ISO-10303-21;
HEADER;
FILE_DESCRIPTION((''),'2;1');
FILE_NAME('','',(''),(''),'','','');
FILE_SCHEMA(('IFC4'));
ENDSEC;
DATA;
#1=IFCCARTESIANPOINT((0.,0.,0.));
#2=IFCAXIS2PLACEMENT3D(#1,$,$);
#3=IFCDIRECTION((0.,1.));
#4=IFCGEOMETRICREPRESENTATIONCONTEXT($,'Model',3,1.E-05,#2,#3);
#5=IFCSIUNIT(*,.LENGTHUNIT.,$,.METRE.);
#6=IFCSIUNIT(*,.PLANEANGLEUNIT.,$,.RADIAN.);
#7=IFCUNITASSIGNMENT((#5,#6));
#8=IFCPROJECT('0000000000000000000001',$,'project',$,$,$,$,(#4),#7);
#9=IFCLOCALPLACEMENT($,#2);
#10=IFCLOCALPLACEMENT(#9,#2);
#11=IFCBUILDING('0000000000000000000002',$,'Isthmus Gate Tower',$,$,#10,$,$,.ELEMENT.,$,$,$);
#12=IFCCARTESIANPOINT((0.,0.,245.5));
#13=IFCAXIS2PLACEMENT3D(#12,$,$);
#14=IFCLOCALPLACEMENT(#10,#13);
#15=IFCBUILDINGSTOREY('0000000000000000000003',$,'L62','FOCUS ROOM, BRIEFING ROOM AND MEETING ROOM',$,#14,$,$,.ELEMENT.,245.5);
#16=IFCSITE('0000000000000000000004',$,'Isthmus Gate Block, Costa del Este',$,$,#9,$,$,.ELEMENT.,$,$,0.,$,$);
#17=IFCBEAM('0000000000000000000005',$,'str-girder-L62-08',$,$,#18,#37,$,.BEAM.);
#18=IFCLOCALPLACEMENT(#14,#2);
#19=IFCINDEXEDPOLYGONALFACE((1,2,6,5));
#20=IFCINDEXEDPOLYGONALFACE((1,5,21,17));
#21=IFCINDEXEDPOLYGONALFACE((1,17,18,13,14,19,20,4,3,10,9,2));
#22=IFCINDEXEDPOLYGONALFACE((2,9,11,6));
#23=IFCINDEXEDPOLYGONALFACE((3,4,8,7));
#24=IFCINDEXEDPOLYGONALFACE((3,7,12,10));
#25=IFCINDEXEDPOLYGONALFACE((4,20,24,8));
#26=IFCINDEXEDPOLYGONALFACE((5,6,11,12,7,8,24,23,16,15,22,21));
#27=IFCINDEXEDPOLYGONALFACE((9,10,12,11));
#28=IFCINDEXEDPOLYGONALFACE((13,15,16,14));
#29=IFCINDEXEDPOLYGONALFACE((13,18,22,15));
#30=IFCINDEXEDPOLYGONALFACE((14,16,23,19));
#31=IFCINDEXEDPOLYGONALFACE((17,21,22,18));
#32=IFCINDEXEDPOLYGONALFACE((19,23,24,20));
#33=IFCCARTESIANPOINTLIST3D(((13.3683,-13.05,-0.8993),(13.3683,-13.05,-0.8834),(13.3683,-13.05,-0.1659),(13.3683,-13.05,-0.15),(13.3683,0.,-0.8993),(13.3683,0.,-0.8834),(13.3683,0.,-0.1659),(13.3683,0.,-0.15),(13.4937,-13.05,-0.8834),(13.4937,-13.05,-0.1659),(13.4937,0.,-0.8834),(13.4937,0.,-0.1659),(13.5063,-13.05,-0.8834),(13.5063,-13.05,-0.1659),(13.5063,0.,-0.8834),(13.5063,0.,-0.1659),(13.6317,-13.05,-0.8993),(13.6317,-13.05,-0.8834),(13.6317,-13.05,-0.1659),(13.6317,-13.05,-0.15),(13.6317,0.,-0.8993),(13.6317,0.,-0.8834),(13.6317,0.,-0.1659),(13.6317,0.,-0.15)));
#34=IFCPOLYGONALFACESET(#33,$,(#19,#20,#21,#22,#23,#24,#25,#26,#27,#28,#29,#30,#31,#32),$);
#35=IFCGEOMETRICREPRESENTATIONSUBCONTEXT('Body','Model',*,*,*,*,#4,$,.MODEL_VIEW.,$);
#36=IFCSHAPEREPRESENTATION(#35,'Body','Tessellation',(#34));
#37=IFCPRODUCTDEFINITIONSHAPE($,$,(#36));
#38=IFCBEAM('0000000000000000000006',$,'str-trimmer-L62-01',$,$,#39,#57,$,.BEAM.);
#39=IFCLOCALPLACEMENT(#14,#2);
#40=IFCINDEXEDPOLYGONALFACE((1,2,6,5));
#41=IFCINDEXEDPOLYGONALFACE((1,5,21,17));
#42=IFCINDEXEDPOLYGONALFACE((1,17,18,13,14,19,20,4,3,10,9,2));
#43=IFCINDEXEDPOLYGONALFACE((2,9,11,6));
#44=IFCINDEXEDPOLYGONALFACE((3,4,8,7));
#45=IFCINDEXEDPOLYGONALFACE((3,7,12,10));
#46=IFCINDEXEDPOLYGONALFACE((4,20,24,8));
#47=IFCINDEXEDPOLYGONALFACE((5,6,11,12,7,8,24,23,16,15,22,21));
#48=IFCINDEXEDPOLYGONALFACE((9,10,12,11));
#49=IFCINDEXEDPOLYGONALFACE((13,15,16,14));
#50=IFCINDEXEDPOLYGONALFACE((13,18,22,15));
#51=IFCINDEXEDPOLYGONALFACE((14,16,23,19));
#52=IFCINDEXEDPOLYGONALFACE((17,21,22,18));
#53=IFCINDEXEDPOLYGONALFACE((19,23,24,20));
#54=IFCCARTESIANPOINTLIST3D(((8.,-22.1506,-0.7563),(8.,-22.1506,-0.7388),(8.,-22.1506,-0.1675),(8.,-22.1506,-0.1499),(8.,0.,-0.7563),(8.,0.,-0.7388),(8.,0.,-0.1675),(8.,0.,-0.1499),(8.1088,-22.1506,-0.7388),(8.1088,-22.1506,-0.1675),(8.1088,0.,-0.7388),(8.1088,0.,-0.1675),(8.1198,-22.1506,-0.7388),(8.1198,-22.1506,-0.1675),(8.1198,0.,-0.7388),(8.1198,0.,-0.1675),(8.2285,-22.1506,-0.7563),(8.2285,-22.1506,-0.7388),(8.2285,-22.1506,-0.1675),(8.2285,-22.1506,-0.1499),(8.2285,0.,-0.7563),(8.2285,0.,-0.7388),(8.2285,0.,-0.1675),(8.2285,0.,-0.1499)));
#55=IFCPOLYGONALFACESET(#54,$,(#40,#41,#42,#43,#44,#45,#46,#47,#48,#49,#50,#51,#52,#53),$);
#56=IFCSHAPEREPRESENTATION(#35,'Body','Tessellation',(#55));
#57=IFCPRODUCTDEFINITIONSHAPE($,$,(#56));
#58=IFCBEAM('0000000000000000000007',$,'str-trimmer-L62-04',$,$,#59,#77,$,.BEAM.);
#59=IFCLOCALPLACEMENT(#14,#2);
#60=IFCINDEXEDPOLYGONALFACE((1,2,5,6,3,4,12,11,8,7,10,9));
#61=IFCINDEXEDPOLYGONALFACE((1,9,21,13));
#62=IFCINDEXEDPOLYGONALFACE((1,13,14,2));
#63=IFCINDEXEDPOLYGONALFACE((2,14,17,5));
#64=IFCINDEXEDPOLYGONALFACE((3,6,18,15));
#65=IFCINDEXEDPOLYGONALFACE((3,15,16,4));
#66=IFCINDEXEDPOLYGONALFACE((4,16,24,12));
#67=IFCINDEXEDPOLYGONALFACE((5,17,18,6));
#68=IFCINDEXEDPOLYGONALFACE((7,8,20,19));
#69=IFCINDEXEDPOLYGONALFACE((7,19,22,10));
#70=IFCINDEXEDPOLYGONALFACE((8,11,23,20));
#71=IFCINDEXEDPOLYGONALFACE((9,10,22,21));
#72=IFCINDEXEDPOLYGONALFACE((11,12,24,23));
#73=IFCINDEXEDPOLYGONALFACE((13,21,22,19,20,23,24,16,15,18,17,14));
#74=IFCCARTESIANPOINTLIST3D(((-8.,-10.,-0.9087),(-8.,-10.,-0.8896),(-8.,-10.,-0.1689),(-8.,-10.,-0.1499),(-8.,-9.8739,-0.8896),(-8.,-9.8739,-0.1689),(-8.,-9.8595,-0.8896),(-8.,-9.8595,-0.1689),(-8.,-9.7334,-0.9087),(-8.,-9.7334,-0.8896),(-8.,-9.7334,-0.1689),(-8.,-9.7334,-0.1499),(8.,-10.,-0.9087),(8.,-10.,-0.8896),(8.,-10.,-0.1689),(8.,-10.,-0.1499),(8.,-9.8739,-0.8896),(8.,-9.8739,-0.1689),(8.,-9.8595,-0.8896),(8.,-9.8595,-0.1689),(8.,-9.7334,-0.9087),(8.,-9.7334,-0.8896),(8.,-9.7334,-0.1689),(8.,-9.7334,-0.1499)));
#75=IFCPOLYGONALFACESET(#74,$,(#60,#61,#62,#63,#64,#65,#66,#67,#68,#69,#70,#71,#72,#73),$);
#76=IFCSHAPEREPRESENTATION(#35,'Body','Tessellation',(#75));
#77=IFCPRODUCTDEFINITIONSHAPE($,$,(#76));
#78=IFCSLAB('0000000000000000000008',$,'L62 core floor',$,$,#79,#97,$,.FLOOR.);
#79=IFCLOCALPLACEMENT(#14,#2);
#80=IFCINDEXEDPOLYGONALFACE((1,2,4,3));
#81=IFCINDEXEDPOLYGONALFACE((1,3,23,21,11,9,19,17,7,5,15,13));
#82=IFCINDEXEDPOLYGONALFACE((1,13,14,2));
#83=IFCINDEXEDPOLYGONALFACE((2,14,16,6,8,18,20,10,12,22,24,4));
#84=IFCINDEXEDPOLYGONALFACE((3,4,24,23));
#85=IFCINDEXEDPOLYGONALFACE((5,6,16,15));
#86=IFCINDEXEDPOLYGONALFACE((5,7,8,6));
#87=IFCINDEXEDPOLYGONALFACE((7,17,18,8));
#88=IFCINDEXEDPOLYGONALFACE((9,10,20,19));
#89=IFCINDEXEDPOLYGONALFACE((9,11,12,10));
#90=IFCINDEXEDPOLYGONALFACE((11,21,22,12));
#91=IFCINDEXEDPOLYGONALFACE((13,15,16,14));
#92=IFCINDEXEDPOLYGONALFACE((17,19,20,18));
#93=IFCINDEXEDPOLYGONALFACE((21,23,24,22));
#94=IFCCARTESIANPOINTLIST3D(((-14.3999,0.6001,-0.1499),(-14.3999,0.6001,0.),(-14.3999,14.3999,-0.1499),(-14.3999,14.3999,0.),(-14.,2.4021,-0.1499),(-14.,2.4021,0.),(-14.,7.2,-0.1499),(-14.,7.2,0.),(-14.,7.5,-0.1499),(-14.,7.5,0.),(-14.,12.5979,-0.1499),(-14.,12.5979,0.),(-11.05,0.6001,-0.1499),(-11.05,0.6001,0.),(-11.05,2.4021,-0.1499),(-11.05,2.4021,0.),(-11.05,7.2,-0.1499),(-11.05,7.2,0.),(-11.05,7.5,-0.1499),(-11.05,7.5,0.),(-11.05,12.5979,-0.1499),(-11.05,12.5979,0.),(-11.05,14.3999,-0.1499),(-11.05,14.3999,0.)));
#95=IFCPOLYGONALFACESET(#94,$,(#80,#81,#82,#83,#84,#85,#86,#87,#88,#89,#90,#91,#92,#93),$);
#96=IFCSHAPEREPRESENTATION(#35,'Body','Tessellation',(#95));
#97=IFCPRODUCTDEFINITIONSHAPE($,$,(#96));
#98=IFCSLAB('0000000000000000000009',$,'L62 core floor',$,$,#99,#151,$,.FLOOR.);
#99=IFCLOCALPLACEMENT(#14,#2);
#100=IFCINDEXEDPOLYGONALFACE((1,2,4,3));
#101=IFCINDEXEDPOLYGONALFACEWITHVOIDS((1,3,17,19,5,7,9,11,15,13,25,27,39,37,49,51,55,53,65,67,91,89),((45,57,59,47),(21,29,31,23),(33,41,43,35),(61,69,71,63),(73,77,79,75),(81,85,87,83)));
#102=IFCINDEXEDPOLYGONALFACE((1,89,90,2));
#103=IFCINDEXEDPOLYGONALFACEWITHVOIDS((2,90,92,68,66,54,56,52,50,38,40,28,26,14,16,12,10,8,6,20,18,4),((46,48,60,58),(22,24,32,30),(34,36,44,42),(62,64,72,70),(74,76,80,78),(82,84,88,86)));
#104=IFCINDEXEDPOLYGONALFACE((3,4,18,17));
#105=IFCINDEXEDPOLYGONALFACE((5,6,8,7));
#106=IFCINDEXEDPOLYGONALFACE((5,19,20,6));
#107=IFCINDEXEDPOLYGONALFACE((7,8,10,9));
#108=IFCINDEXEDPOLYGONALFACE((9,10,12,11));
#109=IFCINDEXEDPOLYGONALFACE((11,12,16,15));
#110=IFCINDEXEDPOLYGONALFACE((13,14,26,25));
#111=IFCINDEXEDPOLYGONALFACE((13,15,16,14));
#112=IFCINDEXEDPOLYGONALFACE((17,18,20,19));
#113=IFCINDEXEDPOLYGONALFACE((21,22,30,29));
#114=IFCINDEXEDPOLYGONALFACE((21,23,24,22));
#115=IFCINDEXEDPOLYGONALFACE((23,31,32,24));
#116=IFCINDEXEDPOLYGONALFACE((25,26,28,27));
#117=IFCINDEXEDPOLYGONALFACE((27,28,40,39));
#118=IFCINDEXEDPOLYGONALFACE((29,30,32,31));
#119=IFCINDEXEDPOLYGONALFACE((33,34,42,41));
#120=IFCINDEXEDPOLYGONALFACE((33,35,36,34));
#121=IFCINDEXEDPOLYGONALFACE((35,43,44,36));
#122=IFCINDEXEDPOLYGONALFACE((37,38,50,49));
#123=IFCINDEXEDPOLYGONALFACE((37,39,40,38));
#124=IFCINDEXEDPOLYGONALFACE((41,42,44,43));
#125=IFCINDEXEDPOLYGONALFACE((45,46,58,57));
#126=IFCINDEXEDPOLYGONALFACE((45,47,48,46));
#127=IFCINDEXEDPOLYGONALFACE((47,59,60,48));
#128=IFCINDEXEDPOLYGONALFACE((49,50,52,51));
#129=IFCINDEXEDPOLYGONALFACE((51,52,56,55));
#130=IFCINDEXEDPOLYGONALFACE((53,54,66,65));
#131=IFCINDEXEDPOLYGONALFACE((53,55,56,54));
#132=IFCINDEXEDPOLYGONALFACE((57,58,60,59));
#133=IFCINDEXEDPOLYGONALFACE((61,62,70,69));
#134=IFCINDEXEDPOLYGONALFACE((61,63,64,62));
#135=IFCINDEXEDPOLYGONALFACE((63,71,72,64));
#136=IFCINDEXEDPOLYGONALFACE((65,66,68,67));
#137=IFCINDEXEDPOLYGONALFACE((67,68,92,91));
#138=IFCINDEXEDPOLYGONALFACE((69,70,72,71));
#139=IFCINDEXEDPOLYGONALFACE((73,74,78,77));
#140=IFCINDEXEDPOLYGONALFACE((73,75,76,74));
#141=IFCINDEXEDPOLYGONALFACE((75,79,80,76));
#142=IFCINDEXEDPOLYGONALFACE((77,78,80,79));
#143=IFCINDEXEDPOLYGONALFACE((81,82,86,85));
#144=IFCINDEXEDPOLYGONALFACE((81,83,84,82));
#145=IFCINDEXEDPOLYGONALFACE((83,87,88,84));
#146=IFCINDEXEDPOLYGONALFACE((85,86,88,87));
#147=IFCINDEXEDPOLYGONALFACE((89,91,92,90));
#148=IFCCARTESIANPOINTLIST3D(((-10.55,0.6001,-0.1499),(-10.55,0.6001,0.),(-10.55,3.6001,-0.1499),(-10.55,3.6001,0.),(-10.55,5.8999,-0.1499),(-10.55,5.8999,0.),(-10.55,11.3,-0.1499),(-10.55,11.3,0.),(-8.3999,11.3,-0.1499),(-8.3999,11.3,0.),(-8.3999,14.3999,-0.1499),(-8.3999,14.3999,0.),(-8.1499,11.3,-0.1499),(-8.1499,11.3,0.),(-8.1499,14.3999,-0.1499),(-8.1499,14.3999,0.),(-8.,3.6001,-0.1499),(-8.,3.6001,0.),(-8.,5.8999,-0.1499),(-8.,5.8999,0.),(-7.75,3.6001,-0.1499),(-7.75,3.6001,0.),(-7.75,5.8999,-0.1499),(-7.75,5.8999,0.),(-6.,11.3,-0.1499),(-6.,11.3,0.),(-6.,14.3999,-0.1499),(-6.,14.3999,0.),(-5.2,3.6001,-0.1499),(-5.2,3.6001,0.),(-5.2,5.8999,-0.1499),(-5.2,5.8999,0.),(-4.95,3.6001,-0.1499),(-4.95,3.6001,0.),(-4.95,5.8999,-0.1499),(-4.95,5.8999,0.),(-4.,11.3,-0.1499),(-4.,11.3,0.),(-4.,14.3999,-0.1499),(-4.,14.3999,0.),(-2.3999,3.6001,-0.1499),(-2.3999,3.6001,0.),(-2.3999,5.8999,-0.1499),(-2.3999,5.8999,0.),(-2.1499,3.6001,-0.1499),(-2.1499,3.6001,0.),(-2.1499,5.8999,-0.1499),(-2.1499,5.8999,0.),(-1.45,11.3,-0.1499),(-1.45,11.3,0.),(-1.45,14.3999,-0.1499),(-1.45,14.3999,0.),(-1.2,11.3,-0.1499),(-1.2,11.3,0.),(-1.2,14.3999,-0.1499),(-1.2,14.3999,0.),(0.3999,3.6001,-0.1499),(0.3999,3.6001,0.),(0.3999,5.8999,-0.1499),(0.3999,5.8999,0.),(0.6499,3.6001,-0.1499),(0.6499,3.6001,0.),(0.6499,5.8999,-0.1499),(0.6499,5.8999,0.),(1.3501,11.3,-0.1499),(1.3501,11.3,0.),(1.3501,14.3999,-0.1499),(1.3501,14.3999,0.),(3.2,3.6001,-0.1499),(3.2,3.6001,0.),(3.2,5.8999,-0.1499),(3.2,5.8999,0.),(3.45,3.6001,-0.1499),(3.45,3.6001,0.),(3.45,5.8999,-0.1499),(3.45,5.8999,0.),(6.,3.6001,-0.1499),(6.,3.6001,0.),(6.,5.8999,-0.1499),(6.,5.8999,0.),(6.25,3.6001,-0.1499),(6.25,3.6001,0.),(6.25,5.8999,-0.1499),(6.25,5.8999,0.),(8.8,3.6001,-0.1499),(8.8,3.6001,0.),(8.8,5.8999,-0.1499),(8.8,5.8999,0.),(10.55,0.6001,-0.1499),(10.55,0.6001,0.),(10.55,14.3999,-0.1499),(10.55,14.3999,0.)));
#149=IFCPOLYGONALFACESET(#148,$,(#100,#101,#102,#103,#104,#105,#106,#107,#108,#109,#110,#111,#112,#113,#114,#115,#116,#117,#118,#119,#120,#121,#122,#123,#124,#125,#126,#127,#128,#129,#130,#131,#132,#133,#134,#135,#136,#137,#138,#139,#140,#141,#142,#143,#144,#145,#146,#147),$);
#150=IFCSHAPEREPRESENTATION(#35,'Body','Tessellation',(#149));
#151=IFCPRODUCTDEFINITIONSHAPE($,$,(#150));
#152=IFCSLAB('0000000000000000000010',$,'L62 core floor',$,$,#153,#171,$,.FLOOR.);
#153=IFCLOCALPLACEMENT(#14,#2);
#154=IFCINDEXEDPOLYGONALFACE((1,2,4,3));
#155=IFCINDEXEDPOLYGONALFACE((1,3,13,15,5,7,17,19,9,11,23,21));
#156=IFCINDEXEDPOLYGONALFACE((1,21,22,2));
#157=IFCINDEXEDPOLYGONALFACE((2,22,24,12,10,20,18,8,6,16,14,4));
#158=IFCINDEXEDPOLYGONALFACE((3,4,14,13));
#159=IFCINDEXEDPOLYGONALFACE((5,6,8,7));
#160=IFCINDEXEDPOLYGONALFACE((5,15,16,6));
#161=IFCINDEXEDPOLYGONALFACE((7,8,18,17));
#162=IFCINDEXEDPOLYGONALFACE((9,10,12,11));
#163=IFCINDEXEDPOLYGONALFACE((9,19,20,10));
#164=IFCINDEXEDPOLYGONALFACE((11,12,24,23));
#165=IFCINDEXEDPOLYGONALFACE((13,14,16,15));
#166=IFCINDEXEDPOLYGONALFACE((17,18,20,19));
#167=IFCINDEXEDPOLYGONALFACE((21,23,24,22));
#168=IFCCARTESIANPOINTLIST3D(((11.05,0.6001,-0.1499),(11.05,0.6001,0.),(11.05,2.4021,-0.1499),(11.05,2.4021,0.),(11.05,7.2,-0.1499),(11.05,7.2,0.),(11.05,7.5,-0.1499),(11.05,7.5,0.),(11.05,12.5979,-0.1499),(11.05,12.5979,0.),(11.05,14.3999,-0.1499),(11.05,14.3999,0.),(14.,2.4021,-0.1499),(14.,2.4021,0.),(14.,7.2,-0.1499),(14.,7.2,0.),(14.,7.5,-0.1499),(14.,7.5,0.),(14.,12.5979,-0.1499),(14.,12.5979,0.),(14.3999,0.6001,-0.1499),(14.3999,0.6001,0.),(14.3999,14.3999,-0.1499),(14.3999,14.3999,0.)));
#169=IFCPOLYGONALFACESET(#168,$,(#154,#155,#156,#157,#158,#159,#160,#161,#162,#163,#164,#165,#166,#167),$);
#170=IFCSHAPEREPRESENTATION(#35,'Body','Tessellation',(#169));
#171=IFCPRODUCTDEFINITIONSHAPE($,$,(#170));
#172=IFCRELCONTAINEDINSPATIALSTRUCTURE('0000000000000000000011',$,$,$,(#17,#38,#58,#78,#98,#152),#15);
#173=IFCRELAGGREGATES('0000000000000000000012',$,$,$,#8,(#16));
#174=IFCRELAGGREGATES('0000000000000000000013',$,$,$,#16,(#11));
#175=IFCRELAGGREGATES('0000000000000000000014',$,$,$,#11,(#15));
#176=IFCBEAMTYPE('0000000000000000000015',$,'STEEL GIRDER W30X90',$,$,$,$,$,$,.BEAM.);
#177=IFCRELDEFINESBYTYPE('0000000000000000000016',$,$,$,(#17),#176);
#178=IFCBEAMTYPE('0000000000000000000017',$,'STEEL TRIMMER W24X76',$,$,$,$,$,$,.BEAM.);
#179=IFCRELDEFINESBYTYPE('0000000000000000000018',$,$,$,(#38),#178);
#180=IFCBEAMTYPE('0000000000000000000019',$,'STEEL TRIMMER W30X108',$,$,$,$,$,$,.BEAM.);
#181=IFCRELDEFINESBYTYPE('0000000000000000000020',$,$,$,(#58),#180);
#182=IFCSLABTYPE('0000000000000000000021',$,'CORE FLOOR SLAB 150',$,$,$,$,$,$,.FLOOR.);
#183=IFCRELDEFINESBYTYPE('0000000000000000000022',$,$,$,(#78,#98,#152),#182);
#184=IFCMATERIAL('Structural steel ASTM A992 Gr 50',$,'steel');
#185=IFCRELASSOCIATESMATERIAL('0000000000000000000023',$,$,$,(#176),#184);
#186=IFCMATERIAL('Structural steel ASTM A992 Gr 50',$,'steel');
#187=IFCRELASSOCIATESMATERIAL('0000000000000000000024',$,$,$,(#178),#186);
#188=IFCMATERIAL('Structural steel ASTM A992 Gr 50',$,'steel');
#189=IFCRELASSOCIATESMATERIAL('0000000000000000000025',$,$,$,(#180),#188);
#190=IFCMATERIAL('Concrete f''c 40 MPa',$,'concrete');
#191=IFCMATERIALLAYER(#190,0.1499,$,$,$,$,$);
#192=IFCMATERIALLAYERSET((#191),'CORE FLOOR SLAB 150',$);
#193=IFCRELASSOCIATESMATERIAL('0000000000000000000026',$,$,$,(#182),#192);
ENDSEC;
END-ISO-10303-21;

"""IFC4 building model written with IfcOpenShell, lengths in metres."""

from ifc_helpers import new_model, si_unit, direction, frame, origin, origin_2d, place, context, subcontext, project, spatial, polyline, i_section, outline, extrude, material, layer, layer_set, material_profile, profile_set, type_object, element, save


model = new_model("IFC4")

# Units and contexts
model_context = context("Model", 3, precision=1e-05, world=origin(), true_north=direction((0.0, 1.0)))
body_context = subcontext(model_context, "Body", "Model", "MODEL_VIEW")
ifc_project = project(units=[si_unit("LENGTHUNIT", "METRE"), si_unit("PLANEANGLEUNIT", "RADIAN")], contexts=[model_context])

# Site, building, storey
site_placement = place(None, origin())
site = spatial("IfcSite", under=ifc_project, at=site_placement, Name="Isthmus Gate Block, Costa del Este", CompositionType="ELEMENT", RefElevation=0.0)
building_placement = place(site_placement, origin())
building = spatial("IfcBuilding", under=site, at=building_placement, Name="Isthmus Gate Tower", CompositionType="ELEMENT")
storey_placement = place(building_placement, frame((0.0, 0.0, 245.5)))
storey = spatial("IfcBuildingStorey", under=building, at=storey_placement, Name="L62", Description="FOCUS ROOM, BRIEFING ROOM AND MEETING ROOM", CompositionType="ELEMENT", Elevation=245.5)

# Beams
ifc_material_1 = material(Name="Structural steel ASTM A992 Gr 50", Category="steel")
ifc_material_profile_1 = material_profile(ifc_material_1, i_section(OverallWidth=0.2634, OverallDepth=0.7493, WebThickness=0.0127, FlangeThickness=0.0159, at=origin_2d()), Name="W30X90")
ifc_profile_set_1 = profile_set([ifc_material_profile_1], Name="Structural steel ASTM A992 Gr 50")
beam_type_1 = type_object("IfcBeamType", Name="STEEL GIRDER W30X90", PredefinedType="BEAM", material=ifc_profile_set_1)
beam_1_placement = place(storey_placement, frame((13.5, -13.05, -0.5247), z_axis=(0.0, 1.0, 0.0), x_axis=(-1.0, 0.0, 0.0)))
element("IfcBeam", 1, at=beam_1_placement, inside=storey, type_object=beam_type_1, Name="str-girder-L62-08", PredefinedType="BEAM", context=body_context, shape_type="SweptSolid", body=[
    extrude(i_section(OverallWidth=0.2634, OverallDepth=0.7493, WebThickness=0.0127, FlangeThickness=0.0159, at=origin_2d()), origin(), (0.0, 0.0, 1.0), 13.05),
])
ifc_material_2 = material(Name="Structural steel ASTM A992 Gr 50", Category="steel")
ifc_material_profile_2 = material_profile(ifc_material_2, i_section(OverallWidth=0.2285, OverallDepth=0.6064, WebThickness=0.011, FlangeThickness=0.0176, at=origin_2d()), Name="W24X76")
ifc_profile_set_2 = profile_set([ifc_material_profile_2], Name="Structural steel ASTM A992 Gr 50")
beam_type_2 = type_object("IfcBeamType", Name="STEEL TRIMMER W24X76", PredefinedType="BEAM", material=ifc_profile_set_2)
beam_2_placement = place(storey_placement, frame((8.1143, -22.1506, -0.4531), z_axis=(0.0, 1.0, 0.0), x_axis=(-1.0, 0.0, 0.0)))
element("IfcBeam", 2, at=beam_2_placement, inside=storey, type_object=beam_type_2, Name="str-trimmer-L62-01", PredefinedType="BEAM", context=body_context, shape_type="SweptSolid", body=[
    extrude(i_section(OverallWidth=0.2285, OverallDepth=0.6064, WebThickness=0.011, FlangeThickness=0.0176, at=origin_2d()), origin(), (0.0, 0.0, 1.0), 22.1506),
])
ifc_material_3 = material(Name="Structural steel ASTM A992 Gr 50", Category="steel")
ifc_material_profile_3 = material_profile(ifc_material_3, i_section(OverallWidth=0.2666, OverallDepth=0.7588, WebThickness=0.0144, FlangeThickness=0.019, at=origin_2d()), Name="W30X108")
ifc_profile_set_3 = profile_set([ifc_material_profile_3], Name="Structural steel ASTM A992 Gr 50")
beam_type_3 = type_object("IfcBeamType", Name="STEEL TRIMMER W30X108", PredefinedType="BEAM", material=ifc_profile_set_3)
beam_3_placement = place(storey_placement, frame((8.0, -9.8667, -0.5293), z_axis=(-1.0, 0.0, 0.0), x_axis=(0.0, -1.0, 0.0)))
element("IfcBeam", 3, at=beam_3_placement, inside=storey, type_object=beam_type_3, Name="str-trimmer-L62-04", PredefinedType="BEAM", context=body_context, shape_type="SweptSolid", body=[
    extrude(i_section(OverallWidth=0.2666, OverallDepth=0.7588, WebThickness=0.0144, FlangeThickness=0.019, at=origin_2d()), origin(), (0.0, 0.0, 1.0), 16.0),
])

# Slabs
ifc_material_4 = material(Name="Concrete f'c 40 MPa", Category="concrete")
ifc_layer_1 = layer(ifc_material_4, 0.1499)
ifc_layer_set_1 = layer_set([ifc_layer_1], Name="CORE FLOOR SLAB 150")
slab_type_1 = type_object("IfcSlabType", Name="CORE FLOOR SLAB 150", PredefinedType="FLOOR", material=ifc_layer_set_1)
slab_1_placement = place(storey_placement, frame((0.0, 0.0, -0.1499)))
element("IfcSlab", 4, at=slab_1_placement, inside=storey, type_object=slab_type_1, Name="L62 core floor", PredefinedType="FLOOR", context=body_context, shape_type="SweptSolid", body=[
    extrude(outline(polyline([(-11.05, 0.6001), (-11.05, 2.4021), (-14.0, 2.4021), (-14.0, 7.2), (-11.05, 7.2), (-11.05, 7.5), (-14.0, 7.5), (-14.0, 12.5979), (-11.05, 12.5979), (-11.05, 14.3999), (-14.3999, 14.3999), (-14.3999, 0.6001), (-11.05, 0.6001)])), origin(), (0.0, 0.0, 1.0), 0.1499),
])
slab_2_placement = place(storey_placement, frame((0.0, 0.0, -0.1499)))
element("IfcSlab", 5, at=slab_2_placement, inside=storey, type_object=slab_type_1, Name="L62 core floor", PredefinedType="FLOOR", context=body_context, shape_type="SweptSolid", body=[
    extrude(outline(polyline([(10.55, 14.3999), (1.3501, 14.3999), (1.3501, 11.3), (-1.2, 11.3), (-1.2, 14.3999), (-1.45, 14.3999), (-1.45, 11.3), (-4.0, 11.3), (-4.0, 14.3999), (-6.0, 14.3999), (-6.0, 11.3), (-8.1499, 11.3), (-8.1499, 14.3999), (-8.3999, 14.3999), (-8.3999, 11.3), (-10.55, 11.3), (-10.55, 5.8999), (-8.0, 5.8999), (-8.0, 3.6001), (-10.55, 3.6001), (-10.55, 0.6001), (10.55, 0.6001), (10.55, 14.3999)]), holes=[polyline([(-5.2, 5.8999), (-5.2, 3.6001), (-7.75, 3.6001), (-7.75, 5.8999), (-5.2, 5.8999)]), polyline([(-2.3999, 5.8999), (-2.3999, 3.6001), (-4.95, 3.6001), (-4.95, 5.8999), (-2.3999, 5.8999)]), polyline([(0.3999, 5.8999), (0.3999, 3.6001), (-2.1499, 3.6001), (-2.1499, 5.8999), (0.3999, 5.8999)]), polyline([(3.2, 5.8999), (3.2, 3.6001), (0.6499, 3.6001), (0.6499, 5.8999), (3.2, 5.8999)]), polyline([(6.0, 5.8999), (6.0, 3.6001), (3.45, 3.6001), (3.45, 5.8999), (6.0, 5.8999)]), polyline([(8.8, 5.8999), (8.8, 3.6001), (6.25, 3.6001), (6.25, 5.8999), (8.8, 5.8999)])]), origin(), (0.0, 0.0, 1.0), 0.1499),
])
slab_3_placement = place(storey_placement, frame((0.0, 0.0, -0.1499)))
element("IfcSlab", 6, at=slab_3_placement, inside=storey, type_object=slab_type_1, Name="L62 core floor", PredefinedType="FLOOR", context=body_context, shape_type="SweptSolid", body=[
    extrude(outline(polyline([(11.05, 14.3999), (11.05, 12.5979), (14.0, 12.5979), (14.0, 7.5), (11.05, 7.5), (11.05, 7.2), (14.0, 7.2), (14.0, 2.4021), (11.05, 2.4021), (11.05, 0.6001), (14.3999, 0.6001), (14.3999, 14.3999), (11.05, 14.3999)])), origin(), (0.0, 0.0, 1.0), 0.1499),
])

save(model, "model.ifc")
